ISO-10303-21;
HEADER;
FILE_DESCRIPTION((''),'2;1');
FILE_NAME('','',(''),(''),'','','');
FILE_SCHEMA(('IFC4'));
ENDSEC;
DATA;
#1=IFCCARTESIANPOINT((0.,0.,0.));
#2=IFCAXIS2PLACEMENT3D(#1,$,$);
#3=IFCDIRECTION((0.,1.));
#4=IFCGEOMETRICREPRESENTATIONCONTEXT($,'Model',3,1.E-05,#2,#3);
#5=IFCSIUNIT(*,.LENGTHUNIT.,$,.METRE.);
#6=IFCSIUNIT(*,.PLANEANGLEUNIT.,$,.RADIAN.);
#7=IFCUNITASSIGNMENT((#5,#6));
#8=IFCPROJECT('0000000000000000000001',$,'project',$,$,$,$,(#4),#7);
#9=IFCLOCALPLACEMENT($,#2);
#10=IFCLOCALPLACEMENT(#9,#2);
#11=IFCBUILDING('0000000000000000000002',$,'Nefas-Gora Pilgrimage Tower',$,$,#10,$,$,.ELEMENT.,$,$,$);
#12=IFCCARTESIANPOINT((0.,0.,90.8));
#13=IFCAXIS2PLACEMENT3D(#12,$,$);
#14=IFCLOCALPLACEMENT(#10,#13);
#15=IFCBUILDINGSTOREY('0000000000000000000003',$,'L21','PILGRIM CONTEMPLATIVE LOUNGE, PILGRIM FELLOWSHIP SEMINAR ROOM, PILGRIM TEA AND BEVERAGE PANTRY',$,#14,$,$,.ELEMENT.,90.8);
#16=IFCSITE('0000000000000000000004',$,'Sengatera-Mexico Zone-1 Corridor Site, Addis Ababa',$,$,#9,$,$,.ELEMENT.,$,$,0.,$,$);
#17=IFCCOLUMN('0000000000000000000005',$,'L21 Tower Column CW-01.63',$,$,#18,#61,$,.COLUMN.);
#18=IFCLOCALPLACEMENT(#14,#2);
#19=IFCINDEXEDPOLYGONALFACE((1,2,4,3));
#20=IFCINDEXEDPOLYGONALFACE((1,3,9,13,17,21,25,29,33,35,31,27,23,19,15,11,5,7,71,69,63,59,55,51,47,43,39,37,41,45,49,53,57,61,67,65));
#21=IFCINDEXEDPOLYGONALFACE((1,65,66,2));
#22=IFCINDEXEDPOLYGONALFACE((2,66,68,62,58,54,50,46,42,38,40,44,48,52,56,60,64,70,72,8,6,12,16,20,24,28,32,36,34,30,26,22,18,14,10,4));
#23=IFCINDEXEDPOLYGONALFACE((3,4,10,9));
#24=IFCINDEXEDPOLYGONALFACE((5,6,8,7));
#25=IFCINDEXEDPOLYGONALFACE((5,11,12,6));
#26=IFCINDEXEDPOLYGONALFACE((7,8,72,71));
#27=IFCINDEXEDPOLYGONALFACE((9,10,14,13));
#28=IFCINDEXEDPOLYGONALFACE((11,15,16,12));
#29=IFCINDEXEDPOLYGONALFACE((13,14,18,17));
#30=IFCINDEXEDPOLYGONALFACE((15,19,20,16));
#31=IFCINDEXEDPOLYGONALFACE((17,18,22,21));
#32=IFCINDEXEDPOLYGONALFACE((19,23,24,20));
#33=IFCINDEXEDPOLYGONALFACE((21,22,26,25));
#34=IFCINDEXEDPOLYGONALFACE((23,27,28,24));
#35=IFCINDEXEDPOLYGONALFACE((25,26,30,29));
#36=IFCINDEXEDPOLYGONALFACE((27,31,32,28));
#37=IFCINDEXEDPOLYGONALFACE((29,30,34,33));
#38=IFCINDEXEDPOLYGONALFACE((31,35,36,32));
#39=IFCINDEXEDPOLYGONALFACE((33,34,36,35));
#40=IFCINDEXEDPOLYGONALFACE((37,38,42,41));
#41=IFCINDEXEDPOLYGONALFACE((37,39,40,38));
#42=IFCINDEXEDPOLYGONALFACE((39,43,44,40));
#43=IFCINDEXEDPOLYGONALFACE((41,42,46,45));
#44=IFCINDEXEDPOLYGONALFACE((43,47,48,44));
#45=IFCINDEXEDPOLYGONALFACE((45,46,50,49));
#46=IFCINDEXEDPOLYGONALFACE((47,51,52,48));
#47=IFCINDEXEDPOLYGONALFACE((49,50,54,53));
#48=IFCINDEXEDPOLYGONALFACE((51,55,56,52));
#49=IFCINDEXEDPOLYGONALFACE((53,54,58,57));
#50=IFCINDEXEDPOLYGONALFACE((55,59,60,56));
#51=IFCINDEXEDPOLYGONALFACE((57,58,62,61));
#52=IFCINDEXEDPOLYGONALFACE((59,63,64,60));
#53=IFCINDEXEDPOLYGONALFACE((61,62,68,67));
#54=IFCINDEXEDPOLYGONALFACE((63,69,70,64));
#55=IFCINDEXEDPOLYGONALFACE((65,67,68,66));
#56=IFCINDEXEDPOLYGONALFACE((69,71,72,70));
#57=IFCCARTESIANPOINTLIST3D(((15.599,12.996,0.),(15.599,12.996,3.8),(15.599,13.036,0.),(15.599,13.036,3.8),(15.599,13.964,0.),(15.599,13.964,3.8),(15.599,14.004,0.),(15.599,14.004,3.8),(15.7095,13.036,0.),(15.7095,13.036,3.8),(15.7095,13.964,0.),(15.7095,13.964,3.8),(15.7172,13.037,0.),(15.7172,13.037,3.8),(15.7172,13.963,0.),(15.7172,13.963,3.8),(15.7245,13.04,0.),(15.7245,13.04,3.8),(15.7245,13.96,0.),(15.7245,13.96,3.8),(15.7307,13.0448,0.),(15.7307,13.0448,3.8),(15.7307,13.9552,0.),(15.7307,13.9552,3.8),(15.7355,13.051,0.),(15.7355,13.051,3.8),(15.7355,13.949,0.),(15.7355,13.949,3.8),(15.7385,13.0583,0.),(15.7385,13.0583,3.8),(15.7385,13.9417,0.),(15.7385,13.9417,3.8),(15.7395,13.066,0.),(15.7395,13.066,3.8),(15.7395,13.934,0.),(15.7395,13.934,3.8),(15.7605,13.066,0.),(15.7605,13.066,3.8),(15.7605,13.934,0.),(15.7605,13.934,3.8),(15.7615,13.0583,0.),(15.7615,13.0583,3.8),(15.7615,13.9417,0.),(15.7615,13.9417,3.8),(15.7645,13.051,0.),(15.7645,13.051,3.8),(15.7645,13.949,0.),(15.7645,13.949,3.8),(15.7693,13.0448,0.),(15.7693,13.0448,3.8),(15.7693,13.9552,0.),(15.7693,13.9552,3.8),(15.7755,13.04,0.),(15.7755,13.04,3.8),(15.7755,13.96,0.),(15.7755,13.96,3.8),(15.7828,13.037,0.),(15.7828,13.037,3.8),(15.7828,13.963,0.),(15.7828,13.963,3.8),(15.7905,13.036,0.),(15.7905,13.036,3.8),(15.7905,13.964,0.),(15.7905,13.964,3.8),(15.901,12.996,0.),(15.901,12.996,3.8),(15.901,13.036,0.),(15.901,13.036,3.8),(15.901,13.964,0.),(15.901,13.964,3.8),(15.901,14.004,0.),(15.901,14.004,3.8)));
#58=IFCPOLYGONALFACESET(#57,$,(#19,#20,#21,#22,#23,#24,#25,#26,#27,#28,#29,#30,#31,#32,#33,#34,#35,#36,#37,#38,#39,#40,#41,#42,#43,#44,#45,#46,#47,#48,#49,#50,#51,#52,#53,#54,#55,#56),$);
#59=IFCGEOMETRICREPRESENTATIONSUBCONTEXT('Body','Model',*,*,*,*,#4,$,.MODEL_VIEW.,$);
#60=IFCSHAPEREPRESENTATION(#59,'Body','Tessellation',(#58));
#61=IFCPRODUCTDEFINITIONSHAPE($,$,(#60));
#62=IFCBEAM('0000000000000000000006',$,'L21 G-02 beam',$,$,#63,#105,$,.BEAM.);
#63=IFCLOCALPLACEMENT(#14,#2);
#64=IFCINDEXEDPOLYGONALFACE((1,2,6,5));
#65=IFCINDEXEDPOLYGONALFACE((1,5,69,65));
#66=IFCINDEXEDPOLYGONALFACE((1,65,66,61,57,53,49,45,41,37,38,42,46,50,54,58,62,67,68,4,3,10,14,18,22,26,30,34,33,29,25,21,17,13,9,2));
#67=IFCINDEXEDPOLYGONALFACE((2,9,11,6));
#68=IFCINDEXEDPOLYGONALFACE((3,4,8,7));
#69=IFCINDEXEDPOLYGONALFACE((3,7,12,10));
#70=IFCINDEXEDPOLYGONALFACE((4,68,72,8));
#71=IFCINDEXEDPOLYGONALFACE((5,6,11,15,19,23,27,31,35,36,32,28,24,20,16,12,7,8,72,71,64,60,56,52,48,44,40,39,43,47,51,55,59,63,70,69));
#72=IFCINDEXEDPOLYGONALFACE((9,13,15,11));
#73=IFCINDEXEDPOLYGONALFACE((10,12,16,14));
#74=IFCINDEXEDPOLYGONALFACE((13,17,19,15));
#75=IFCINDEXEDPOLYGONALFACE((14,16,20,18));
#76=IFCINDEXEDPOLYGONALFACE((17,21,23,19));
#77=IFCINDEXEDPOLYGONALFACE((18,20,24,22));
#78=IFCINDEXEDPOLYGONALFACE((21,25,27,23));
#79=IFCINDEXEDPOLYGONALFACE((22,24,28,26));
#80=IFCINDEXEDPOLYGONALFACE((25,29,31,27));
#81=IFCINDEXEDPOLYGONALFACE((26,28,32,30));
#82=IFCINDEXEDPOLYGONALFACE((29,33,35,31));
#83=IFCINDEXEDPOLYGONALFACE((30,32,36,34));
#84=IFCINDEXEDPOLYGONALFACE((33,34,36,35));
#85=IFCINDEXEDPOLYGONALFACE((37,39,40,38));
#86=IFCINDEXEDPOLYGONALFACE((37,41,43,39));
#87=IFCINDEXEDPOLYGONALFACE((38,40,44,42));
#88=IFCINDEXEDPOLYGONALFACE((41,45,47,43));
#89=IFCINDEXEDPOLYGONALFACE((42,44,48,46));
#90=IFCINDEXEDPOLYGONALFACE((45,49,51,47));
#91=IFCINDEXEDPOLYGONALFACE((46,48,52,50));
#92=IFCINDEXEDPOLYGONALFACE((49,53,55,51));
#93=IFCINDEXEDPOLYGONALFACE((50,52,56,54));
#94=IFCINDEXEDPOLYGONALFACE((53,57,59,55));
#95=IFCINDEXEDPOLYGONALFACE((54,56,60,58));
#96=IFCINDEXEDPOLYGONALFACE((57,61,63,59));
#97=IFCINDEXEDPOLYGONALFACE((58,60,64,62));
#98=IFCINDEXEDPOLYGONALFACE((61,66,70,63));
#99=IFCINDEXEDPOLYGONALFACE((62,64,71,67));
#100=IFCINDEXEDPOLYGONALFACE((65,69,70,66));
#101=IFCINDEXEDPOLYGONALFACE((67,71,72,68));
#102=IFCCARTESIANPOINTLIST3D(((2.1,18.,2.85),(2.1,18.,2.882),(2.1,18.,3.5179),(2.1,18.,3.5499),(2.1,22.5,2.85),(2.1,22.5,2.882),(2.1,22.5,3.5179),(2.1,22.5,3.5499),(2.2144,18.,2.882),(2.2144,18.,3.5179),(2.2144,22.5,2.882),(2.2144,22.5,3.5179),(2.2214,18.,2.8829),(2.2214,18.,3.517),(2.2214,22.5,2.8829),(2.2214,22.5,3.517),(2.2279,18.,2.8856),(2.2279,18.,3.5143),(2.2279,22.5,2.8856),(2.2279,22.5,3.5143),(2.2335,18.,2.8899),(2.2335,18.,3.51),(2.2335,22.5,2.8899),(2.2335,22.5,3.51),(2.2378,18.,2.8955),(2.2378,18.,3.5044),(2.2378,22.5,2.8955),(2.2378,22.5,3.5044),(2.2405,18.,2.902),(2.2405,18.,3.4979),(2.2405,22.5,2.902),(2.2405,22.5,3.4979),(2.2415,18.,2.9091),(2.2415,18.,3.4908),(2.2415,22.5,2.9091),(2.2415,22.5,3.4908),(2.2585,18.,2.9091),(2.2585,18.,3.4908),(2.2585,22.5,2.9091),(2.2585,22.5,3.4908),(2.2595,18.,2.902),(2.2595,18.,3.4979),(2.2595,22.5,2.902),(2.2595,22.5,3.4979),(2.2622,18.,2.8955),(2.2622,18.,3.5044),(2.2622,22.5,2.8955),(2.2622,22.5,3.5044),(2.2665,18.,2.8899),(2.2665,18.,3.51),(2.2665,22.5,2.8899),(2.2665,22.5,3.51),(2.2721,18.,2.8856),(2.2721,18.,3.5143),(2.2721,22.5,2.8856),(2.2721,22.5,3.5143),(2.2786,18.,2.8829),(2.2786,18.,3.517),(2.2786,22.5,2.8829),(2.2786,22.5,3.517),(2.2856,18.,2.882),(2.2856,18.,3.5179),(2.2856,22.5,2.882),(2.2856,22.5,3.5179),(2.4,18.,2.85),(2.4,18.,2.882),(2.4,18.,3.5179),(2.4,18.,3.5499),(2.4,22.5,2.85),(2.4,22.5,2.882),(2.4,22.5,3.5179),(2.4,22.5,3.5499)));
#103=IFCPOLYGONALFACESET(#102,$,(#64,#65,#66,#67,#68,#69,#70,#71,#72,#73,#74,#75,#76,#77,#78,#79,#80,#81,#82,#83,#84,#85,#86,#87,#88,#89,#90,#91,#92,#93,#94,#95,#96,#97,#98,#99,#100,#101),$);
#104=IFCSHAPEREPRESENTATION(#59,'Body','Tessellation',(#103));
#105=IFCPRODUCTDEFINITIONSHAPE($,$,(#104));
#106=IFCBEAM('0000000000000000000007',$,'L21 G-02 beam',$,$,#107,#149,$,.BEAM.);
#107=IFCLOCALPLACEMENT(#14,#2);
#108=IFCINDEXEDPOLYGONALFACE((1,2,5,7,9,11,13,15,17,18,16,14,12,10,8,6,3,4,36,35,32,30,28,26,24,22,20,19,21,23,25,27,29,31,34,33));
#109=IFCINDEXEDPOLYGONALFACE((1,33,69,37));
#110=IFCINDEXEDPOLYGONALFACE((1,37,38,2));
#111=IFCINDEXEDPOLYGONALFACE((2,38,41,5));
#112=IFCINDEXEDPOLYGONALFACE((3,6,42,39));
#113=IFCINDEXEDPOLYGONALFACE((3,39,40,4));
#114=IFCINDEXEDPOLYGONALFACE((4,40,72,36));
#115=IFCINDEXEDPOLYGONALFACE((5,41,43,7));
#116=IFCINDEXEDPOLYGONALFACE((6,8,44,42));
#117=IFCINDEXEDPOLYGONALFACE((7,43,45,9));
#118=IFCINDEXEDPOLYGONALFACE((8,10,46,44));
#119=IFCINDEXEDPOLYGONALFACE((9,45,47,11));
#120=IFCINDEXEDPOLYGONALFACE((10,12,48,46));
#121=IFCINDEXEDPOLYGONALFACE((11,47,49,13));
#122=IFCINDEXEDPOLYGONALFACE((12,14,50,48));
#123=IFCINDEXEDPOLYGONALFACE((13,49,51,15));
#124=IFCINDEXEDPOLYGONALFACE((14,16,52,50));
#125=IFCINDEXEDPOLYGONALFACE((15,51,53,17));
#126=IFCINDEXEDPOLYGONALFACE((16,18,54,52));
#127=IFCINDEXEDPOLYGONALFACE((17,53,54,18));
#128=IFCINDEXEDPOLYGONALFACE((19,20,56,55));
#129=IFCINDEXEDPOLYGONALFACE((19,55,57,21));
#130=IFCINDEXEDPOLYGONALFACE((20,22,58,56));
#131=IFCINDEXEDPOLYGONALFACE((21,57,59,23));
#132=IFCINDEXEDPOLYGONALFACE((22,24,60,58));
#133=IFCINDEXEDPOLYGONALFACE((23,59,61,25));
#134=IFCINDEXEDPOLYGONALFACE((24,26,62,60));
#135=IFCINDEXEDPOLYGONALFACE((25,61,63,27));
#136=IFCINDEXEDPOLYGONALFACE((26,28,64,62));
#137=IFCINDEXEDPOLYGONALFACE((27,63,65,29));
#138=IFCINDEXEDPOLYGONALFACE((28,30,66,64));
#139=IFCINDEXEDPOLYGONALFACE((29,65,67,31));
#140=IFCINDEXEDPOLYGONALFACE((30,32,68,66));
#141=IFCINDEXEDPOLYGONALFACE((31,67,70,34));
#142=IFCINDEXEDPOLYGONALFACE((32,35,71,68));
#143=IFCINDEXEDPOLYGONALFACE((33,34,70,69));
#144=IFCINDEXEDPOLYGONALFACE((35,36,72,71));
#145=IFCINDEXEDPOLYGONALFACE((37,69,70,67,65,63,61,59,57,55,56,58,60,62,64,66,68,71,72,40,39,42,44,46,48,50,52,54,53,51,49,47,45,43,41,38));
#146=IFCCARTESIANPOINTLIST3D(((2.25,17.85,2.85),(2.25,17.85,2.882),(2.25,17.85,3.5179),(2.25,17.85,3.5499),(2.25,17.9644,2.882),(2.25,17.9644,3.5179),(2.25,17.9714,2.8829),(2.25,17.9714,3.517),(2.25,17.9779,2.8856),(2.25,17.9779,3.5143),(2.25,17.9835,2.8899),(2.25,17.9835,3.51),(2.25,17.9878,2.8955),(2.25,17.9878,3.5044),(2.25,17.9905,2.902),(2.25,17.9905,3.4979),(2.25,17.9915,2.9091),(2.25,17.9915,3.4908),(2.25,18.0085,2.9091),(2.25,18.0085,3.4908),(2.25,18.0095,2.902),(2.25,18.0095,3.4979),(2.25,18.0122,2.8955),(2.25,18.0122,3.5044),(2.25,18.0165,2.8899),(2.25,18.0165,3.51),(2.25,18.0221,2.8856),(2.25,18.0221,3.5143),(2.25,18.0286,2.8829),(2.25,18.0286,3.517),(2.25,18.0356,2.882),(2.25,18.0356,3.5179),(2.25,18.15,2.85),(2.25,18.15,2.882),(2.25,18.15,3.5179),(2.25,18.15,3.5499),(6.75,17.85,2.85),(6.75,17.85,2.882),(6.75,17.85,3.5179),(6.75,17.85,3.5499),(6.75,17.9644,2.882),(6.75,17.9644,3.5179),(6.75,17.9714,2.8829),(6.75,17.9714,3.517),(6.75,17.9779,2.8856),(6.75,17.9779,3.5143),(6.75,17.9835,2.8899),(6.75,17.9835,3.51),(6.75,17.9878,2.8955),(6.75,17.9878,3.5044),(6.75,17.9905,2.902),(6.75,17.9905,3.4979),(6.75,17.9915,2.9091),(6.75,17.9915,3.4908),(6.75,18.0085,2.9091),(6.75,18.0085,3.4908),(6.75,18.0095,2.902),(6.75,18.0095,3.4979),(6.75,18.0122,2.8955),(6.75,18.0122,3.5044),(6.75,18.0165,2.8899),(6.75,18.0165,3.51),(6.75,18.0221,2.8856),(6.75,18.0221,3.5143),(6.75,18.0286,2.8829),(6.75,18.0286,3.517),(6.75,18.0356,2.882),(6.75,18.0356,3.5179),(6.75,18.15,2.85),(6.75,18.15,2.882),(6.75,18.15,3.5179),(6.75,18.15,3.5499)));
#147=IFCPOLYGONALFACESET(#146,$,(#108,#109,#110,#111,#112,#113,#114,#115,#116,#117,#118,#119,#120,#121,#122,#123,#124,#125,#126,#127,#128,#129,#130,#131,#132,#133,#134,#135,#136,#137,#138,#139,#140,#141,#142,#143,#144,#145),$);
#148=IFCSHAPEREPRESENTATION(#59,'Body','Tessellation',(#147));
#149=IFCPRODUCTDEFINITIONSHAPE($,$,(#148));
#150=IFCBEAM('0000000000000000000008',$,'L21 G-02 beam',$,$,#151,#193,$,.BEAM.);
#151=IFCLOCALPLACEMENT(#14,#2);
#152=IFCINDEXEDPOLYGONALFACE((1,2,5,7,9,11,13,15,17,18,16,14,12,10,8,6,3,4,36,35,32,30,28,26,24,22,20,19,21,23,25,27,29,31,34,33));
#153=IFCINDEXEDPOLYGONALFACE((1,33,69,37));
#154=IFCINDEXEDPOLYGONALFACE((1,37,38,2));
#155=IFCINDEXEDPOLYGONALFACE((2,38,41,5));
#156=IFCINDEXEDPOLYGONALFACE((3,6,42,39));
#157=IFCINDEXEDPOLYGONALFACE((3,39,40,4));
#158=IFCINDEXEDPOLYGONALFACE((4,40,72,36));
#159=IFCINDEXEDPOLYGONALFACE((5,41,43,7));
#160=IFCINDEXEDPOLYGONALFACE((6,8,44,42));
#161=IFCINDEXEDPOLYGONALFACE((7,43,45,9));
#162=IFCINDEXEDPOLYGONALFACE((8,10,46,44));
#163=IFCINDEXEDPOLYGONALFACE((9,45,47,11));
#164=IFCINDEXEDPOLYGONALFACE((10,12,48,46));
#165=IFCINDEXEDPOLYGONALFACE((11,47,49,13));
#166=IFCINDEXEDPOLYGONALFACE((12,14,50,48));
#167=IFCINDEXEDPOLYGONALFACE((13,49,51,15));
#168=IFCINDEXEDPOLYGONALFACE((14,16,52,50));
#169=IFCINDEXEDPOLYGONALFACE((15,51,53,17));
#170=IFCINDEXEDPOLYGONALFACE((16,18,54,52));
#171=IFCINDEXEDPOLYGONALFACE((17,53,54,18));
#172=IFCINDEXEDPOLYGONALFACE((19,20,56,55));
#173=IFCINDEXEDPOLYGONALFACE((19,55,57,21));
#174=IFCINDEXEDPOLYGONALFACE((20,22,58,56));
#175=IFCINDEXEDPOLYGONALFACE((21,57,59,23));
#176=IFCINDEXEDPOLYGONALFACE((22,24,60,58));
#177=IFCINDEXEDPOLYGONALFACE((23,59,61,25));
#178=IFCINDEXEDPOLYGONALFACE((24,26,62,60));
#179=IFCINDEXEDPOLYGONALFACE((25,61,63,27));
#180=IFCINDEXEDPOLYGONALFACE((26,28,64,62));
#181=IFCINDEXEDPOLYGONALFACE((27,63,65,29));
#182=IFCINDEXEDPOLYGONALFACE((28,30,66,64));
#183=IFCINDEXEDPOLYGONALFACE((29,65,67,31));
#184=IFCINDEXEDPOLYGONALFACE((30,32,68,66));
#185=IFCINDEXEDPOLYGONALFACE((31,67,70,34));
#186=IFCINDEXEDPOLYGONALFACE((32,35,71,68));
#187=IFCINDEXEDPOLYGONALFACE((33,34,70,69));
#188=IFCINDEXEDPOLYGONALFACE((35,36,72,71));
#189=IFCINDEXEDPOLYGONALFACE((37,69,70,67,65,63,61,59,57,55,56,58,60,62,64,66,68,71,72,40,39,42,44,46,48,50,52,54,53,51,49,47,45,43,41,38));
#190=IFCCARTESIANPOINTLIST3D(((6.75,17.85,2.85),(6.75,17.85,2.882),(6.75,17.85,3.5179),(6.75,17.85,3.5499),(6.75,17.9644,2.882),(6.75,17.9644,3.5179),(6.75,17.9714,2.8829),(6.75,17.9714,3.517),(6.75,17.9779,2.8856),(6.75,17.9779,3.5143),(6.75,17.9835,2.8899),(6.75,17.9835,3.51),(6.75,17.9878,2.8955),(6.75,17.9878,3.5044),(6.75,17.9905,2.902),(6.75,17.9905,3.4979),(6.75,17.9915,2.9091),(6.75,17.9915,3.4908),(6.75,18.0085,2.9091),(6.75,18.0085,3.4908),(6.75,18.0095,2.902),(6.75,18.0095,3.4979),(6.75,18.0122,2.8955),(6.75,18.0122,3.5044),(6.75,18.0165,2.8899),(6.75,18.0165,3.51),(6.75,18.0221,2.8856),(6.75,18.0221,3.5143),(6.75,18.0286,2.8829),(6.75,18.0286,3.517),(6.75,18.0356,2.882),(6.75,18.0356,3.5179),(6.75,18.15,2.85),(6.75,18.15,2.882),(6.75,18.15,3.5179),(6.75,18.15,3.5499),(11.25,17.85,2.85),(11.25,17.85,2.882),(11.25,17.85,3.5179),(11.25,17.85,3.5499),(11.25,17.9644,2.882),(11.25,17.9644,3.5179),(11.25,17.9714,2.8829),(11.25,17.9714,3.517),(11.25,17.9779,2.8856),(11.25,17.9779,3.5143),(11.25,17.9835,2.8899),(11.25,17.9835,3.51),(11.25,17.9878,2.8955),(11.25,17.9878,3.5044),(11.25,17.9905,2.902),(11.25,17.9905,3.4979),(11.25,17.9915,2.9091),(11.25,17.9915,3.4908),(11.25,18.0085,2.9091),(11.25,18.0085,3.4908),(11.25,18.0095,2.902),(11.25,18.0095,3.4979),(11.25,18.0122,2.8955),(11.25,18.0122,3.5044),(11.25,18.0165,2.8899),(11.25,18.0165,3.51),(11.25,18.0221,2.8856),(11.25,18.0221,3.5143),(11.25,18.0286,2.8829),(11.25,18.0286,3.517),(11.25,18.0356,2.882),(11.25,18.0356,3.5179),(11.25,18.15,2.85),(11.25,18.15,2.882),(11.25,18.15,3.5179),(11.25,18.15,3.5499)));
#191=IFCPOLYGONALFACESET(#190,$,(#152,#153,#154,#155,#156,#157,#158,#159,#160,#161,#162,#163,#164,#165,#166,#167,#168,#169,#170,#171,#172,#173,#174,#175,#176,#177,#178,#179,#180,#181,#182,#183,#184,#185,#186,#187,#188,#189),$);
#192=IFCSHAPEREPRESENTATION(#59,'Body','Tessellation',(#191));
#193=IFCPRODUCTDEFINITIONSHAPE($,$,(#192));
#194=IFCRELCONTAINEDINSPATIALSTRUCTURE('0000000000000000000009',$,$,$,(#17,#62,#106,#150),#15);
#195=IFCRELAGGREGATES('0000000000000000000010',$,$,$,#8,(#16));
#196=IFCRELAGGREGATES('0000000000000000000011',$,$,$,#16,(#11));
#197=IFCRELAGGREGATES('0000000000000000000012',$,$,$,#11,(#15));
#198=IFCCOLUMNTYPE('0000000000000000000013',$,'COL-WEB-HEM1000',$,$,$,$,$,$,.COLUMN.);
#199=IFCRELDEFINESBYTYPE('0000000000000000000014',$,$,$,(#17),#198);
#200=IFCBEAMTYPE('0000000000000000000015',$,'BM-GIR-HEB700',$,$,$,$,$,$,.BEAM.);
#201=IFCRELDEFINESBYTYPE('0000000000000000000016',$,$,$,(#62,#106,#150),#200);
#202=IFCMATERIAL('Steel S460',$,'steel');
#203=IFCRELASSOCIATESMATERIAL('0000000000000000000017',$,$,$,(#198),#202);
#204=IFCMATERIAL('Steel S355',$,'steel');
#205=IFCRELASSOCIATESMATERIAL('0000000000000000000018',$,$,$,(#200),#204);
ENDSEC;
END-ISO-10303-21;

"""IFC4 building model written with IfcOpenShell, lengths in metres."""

from ifc_helpers import new_model, si_unit, direction, frame, origin, origin_2d, place, context, subcontext, project, spatial, i_section, extrude, source, transform, mapped, material, material_profile, profile_set, type_object, element, save


model = new_model("IFC4")

# Units and contexts
model_context = context("Model", 3, precision=1e-05, world=origin(), true_north=direction((0.0, 1.0)))
body_context = subcontext(model_context, "Body", "Model", "MODEL_VIEW")
ifc_project = project(units=[si_unit("LENGTHUNIT", "METRE"), si_unit("PLANEANGLEUNIT", "RADIAN")], contexts=[model_context])

# Site, building, storey
site_placement = place(None, origin())
site = spatial("IfcSite", under=ifc_project, at=site_placement, Name="Sengatera-Mexico Zone-1 Corridor Site, Addis Ababa", CompositionType="ELEMENT", RefElevation=0.0)
building_placement = place(site_placement, origin())
building = spatial("IfcBuilding", under=site, at=building_placement, Name="Nefas-Gora Pilgrimage Tower", CompositionType="ELEMENT")
storey_placement = place(building_placement, frame((0.0, 0.0, 90.8)))
storey = spatial("IfcBuildingStorey", under=building, at=storey_placement, Name="L21", Description="PILGRIM CONTEMPLATIVE LOUNGE, PILGRIM FELLOWSHIP SEMINAR ROOM, PILGRIM TEA AND BEVERAGE PANTRY", CompositionType="ELEMENT", Elevation=90.8)

# Column
ifc_material_1 = material(Name="Steel S460", Category="steel")
ifc_material_profile_1 = material_profile(ifc_material_1, i_section(OverallWidth=0.302, OverallDepth=1.0081, WebThickness=0.021, FlangeThickness=0.04, FilletRadius=0.03, at=origin_2d()), Name="HEM 1000")
ifc_profile_set_1 = profile_set([ifc_material_profile_1], Name="Steel S460")
column_type_1 = type_object("IfcColumnType", Name="COL-WEB-HEM1000", PredefinedType="COLUMN", material=ifc_profile_set_1)
shared_shape_1 = source(origin(), body_context, "Body", "SweptSolid", [
    extrude(i_section(OverallWidth=0.302, OverallDepth=1.0081, WebThickness=0.021, FlangeThickness=0.04, FilletRadius=0.03, at=origin_2d()), origin(), (0.0, 0.0, 1.0), 3.8),
])
for number, where, z_axis, x_axis, name in (
    (1, (15.75, 13.5, 0.0), (0.0, 0.0, 1.0), (1.0, 0.0, 0.0), "L21 Tower Column CW-01.63"),
):
    element("IfcColumn", number, at=place(storey_placement, frame(where, z_axis=z_axis, x_axis=x_axis)), inside=storey, type_object=column_type_1, Name=name, PredefinedType="COLUMN", context=body_context, shape_type="MappedRepresentation", body=[
        mapped(shared_shape_1, transform((0.0, 0.0, 0.0), x_axis=(1.0, 0.0, 0.0), y_axis=(0.0, 1.0, 0.0), z_axis=(0.0, 0.0, 1.0), scale=1.0)),
    ])

# Beams
ifc_material_2 = material(Name="Steel S355", Category="steel")
ifc_material_profile_2 = material_profile(ifc_material_2, i_section(OverallWidth=0.3, OverallDepth=0.7, WebThickness=0.0171, FlangeThickness=0.032, FilletRadius=0.0271, at=origin_2d()), Name="HEB 700")
ifc_profile_set_2 = profile_set([ifc_material_profile_2], Name="Steel S355")
beam_type_1 = type_object("IfcBeamType", Name="BM-GIR-HEB700", PredefinedType="BEAM", material=ifc_profile_set_2)
shared_shape_2 = source(origin(), body_context, "Body", "SweptSolid", [
    extrude(i_section(OverallWidth=0.3, OverallDepth=0.7, WebThickness=0.0171, FlangeThickness=0.032, FilletRadius=0.0271, at=origin_2d()), origin(), (0.0, 0.0, 1.0), 4.5),
])
for number, where, z_axis, x_axis, name in (
    (2, (2.25, 18.0, 3.2), (0.0, 1.0, 0.0), (-1.0, 0.0, 0.0), "L21 G-02 beam"),
    (3, (2.25, 18.0, 3.2), (1.0, 0.0, 0.0), (0.0, 1.0, 0.0), "L21 G-02 beam"),
    (4, (6.75, 18.0, 3.2), (1.0, 0.0, 0.0), (0.0, 1.0, 0.0), "L21 G-02 beam"),
):
    element("IfcBeam", number, at=place(storey_placement, frame(where, z_axis=z_axis, x_axis=x_axis)), inside=storey, type_object=beam_type_1, Name=name, PredefinedType="BEAM", context=body_context, shape_type="MappedRepresentation", body=[
        mapped(shared_shape_2, transform((0.0, 0.0, 0.0), x_axis=(1.0, 0.0, 0.0), y_axis=(0.0, 1.0, 0.0), z_axis=(0.0, 0.0, 1.0), scale=1.0)),
    ])

save(model, "model.ifc")
